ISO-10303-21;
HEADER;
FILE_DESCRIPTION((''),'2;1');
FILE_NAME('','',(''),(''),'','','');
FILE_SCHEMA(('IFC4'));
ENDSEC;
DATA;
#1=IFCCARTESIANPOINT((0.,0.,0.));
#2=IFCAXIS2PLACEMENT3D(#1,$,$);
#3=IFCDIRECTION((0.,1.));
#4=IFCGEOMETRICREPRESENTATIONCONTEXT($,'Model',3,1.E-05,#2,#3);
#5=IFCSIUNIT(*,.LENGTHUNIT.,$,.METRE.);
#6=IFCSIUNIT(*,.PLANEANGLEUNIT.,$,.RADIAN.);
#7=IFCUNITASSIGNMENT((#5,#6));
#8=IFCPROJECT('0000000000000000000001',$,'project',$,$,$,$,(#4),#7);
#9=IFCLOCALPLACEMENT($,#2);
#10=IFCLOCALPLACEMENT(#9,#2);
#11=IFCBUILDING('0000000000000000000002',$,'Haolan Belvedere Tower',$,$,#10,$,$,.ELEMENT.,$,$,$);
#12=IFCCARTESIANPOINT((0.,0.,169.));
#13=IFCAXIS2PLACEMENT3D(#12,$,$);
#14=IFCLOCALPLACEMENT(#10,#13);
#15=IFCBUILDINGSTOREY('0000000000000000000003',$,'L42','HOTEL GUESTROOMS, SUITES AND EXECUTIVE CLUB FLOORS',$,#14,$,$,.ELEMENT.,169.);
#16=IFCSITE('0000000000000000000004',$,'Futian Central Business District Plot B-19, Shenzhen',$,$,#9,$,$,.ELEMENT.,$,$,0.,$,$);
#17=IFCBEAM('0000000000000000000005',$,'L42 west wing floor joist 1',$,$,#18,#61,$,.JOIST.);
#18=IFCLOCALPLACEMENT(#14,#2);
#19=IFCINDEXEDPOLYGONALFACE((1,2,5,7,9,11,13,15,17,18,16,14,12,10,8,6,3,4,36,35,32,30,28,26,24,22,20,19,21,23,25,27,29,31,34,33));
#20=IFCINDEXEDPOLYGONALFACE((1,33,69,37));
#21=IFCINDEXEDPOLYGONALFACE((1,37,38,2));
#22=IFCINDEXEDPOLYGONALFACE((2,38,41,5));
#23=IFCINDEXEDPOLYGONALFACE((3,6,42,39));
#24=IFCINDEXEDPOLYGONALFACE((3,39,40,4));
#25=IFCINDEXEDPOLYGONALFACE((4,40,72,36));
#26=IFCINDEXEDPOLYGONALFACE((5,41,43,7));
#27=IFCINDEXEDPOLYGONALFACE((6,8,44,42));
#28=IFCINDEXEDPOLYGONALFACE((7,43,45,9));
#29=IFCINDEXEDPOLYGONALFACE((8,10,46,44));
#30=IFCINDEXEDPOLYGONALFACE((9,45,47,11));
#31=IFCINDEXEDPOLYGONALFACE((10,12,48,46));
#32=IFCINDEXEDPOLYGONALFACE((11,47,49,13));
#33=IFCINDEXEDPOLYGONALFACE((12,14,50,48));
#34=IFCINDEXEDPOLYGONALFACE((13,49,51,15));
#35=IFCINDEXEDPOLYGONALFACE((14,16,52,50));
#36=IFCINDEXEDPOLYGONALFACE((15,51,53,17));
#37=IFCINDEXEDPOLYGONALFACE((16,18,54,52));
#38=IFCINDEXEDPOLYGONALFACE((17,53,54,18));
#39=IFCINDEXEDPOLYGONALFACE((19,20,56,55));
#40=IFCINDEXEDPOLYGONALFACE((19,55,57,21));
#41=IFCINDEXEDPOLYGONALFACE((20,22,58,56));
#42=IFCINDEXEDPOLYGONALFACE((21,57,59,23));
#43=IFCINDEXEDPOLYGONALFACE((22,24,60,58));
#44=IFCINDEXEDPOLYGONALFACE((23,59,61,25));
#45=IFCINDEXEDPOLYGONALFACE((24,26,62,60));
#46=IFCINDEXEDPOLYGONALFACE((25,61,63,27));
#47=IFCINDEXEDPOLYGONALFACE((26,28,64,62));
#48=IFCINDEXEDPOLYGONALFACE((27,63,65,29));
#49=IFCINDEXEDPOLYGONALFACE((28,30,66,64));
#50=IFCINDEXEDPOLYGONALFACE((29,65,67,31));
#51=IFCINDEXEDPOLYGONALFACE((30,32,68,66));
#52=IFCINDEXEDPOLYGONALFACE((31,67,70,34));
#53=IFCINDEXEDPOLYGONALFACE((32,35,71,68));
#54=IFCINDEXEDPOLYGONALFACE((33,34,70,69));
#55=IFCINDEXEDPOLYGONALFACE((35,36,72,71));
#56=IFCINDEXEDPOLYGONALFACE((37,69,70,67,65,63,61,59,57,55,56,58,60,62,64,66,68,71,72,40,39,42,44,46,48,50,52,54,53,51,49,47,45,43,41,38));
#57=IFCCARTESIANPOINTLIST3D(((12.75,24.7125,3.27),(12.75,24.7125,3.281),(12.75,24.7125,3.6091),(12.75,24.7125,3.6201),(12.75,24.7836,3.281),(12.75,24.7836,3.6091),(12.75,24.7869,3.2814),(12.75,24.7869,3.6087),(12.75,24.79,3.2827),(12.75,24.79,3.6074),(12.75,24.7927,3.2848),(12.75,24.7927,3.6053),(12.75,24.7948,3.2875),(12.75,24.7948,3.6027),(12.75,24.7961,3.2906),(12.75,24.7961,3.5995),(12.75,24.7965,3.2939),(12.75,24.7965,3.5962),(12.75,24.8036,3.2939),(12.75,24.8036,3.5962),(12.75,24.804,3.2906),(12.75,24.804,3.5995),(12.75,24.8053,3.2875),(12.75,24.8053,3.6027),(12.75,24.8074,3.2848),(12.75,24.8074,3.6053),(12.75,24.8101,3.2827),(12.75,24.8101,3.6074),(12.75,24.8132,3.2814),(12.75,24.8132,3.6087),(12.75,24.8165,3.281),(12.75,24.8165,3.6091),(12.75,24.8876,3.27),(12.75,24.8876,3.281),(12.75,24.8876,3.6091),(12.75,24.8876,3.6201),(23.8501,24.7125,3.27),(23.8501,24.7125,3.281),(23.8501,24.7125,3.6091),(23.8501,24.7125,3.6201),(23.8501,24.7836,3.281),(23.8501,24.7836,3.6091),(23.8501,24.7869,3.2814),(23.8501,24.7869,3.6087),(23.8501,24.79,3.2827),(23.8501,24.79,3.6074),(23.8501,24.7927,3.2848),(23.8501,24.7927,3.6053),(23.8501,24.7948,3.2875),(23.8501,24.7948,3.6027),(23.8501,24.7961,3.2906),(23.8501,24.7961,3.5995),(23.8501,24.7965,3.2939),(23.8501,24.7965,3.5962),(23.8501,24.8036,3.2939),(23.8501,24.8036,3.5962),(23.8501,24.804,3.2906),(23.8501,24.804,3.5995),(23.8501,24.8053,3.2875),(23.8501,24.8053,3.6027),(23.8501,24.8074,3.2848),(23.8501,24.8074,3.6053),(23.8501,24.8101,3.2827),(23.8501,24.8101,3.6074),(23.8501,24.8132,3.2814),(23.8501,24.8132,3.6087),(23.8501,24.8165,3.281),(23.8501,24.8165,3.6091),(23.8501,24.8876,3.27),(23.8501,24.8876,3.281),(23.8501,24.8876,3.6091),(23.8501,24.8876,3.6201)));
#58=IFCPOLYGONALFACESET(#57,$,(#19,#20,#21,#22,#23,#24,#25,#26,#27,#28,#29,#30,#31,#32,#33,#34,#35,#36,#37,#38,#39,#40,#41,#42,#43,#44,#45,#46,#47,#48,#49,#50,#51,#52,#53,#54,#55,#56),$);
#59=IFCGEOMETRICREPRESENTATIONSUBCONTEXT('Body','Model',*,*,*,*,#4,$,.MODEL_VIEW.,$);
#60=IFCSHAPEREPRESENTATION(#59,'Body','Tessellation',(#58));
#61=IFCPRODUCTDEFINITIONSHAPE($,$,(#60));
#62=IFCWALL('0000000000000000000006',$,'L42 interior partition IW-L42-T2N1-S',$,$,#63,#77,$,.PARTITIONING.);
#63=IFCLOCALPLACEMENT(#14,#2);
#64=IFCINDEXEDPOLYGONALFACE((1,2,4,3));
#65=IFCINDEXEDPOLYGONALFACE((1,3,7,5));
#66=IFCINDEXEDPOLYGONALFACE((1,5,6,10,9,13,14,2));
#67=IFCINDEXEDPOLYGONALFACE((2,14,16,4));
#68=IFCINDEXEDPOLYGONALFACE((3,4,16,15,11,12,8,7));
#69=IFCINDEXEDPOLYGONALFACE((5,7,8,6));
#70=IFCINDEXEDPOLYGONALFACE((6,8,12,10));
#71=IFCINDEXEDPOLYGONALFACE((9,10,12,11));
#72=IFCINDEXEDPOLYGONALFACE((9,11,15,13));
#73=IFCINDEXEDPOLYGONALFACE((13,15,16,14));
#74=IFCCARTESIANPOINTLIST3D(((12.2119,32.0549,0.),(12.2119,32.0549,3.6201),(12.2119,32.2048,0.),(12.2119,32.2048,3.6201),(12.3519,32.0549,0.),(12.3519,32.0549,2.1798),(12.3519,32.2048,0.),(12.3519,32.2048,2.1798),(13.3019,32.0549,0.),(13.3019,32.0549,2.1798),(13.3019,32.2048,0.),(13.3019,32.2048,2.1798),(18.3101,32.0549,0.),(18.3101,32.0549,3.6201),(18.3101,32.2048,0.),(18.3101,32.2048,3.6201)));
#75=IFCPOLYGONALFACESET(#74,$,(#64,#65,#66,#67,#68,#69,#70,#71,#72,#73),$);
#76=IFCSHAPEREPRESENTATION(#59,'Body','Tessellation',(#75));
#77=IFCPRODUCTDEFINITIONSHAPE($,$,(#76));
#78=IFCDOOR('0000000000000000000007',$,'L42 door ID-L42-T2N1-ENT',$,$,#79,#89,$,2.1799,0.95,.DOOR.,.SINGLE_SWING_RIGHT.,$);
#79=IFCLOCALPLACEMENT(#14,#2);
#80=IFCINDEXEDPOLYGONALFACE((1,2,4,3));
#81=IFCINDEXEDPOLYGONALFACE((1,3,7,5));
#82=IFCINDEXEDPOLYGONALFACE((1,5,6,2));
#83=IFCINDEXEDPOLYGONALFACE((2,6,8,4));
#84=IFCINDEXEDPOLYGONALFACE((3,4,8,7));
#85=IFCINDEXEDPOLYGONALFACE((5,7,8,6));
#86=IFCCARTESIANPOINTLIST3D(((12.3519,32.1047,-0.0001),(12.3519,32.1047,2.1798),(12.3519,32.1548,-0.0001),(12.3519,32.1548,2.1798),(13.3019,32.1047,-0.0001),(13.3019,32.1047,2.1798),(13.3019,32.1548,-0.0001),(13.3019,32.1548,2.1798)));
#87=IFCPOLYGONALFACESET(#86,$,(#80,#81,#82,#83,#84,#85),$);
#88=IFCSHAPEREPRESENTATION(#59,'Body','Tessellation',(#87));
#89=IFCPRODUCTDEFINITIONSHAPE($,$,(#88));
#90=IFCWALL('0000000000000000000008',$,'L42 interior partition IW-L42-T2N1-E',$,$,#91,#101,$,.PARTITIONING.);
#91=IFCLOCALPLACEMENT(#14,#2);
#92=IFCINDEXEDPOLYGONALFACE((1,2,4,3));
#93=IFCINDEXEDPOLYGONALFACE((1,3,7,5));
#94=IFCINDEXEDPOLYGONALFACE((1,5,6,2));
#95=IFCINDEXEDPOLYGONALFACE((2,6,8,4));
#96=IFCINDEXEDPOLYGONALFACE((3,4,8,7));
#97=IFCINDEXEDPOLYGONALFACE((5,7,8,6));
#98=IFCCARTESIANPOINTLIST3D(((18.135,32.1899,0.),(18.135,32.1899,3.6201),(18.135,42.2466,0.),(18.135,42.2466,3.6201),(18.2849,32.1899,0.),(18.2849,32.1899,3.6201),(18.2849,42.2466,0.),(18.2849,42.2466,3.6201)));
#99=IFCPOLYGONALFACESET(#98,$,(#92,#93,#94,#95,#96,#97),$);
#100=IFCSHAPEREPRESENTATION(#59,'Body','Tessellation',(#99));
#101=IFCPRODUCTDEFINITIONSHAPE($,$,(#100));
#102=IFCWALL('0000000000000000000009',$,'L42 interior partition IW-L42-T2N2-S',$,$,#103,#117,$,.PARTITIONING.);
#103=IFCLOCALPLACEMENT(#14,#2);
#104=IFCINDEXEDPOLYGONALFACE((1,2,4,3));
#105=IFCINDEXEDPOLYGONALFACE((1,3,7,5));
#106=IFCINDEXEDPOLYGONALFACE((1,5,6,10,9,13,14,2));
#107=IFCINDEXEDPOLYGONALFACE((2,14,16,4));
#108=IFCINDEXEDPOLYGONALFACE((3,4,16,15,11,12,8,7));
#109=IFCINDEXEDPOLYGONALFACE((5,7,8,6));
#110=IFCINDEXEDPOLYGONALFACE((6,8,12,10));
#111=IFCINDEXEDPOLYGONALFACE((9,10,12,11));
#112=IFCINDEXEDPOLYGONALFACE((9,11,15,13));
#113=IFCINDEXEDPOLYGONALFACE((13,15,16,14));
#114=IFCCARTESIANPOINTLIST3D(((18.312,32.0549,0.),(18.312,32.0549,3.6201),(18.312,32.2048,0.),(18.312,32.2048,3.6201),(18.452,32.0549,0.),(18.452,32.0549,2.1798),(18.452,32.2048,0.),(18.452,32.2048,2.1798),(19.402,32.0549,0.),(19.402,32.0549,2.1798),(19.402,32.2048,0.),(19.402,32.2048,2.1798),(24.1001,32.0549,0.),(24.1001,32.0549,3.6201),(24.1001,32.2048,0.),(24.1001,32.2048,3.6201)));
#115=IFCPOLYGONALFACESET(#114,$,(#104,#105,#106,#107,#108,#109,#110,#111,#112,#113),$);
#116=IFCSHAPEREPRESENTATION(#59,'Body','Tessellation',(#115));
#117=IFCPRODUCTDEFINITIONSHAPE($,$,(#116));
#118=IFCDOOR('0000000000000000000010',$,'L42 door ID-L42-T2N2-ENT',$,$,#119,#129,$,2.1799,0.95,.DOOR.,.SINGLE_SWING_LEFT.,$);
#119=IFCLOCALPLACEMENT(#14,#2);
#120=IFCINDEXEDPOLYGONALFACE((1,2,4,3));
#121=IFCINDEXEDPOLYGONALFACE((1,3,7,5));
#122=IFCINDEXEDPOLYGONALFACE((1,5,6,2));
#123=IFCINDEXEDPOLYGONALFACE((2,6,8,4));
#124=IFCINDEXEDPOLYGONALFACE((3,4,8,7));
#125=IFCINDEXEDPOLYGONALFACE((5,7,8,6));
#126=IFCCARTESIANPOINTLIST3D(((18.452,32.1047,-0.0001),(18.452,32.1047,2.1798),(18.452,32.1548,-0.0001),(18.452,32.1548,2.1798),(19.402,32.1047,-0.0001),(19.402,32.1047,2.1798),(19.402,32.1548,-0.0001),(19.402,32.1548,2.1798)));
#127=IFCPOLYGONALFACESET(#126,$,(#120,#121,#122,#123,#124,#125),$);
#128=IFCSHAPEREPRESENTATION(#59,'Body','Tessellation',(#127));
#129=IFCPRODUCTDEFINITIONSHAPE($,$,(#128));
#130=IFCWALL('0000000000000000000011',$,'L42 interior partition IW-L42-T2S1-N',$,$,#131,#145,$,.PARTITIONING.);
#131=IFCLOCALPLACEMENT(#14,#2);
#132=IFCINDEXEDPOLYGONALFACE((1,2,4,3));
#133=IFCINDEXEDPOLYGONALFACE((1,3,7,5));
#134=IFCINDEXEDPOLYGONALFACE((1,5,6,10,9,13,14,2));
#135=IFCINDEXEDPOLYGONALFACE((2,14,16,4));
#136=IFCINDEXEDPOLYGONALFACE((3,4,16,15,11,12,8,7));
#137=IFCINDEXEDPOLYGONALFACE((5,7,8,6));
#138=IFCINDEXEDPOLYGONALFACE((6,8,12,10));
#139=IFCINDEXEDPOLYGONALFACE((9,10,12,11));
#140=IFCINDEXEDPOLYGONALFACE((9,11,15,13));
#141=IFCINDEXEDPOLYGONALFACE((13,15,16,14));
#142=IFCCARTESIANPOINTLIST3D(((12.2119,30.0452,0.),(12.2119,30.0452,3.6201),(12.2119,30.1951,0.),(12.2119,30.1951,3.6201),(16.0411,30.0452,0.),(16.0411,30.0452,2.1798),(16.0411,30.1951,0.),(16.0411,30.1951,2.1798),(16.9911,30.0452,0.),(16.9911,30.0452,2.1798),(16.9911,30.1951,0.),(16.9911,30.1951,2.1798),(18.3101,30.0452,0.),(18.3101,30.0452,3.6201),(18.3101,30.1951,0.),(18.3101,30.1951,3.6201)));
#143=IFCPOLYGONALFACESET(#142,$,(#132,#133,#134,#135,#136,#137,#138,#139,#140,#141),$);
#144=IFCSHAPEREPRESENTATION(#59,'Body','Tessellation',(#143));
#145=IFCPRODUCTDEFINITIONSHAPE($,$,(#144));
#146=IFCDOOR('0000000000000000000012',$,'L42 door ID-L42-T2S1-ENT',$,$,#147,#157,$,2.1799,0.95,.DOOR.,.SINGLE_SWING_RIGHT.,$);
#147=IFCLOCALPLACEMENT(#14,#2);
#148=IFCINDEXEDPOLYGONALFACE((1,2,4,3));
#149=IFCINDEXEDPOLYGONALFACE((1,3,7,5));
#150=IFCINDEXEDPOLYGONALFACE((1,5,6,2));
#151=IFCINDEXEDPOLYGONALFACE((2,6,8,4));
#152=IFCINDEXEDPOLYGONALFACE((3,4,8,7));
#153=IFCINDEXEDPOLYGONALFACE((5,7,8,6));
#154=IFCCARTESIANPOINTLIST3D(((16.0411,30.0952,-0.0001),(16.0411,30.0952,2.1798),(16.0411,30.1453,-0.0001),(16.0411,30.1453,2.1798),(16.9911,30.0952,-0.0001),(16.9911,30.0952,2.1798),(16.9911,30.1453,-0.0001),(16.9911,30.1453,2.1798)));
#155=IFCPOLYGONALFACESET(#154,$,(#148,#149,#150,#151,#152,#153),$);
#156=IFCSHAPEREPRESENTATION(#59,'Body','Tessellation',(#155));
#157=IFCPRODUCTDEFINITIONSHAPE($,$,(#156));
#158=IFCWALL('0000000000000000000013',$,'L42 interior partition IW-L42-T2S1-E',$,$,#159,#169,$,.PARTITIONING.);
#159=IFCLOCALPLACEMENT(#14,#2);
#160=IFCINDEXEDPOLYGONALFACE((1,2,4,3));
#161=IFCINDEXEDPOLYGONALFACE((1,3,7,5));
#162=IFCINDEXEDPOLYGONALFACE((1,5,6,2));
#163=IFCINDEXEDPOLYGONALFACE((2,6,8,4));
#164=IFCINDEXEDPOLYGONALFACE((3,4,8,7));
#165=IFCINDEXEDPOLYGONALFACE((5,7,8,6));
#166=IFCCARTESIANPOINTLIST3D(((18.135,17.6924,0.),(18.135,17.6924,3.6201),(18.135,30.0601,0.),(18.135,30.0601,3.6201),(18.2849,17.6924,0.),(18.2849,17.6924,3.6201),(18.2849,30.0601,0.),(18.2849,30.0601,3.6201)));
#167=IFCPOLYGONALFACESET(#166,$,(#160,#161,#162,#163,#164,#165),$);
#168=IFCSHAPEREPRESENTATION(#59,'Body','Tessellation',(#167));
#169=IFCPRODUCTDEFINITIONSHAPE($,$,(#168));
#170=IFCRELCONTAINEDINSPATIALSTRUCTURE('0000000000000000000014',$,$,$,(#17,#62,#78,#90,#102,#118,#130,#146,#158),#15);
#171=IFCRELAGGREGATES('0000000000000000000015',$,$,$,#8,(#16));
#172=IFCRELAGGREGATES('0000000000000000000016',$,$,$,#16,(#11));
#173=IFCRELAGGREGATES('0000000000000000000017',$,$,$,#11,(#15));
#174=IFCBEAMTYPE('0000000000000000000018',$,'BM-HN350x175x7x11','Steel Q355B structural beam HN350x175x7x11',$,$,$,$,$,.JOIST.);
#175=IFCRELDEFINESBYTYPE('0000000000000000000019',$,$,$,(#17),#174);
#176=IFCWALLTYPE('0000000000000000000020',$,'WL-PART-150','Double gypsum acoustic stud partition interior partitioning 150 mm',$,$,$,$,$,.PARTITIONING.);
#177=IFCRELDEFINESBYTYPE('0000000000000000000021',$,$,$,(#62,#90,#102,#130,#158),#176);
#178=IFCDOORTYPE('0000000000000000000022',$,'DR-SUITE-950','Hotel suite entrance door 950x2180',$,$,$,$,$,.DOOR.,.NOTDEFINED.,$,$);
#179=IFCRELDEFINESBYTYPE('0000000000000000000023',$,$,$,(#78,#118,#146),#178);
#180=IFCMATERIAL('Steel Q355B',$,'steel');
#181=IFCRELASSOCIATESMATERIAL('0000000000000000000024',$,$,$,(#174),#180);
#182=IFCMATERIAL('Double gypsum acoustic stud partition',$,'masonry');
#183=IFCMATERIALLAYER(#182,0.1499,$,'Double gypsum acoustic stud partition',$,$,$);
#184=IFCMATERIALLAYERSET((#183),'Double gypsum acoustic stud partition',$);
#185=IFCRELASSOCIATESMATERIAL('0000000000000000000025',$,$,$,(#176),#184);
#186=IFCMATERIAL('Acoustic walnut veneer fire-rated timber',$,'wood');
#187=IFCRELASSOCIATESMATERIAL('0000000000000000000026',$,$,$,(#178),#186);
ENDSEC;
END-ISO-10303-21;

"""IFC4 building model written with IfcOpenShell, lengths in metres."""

from ifc_helpers import new_model, si_unit, direction, frame, frame_2d, origin, origin_2d, place, context, subcontext, project, spatial, rectangle, i_section, extrude, material, layer, layer_set, material_profile, profile_set, type_object, element, fill, save


model = new_model("IFC4")

# Units and contexts
model_context = context("Model", 3, precision=1e-05, world=origin(), true_north=direction((0.0, 1.0)))
body_context = subcontext(model_context, "Body", "Model", "MODEL_VIEW")
ifc_project = project(units=[si_unit("LENGTHUNIT", "METRE"), si_unit("PLANEANGLEUNIT", "RADIAN")], contexts=[model_context])

# Site, building, storey
site_placement = place(None, origin())
site = spatial("IfcSite", under=ifc_project, at=site_placement, Name="Futian Central Business District Plot B-19, Shenzhen", CompositionType="ELEMENT", RefElevation=0.0)
building_placement = place(site_placement, origin())
building = spatial("IfcBuilding", under=site, at=building_placement, Name="Haolan Belvedere Tower", CompositionType="ELEMENT")
storey_placement = place(building_placement, frame((0.0, 0.0, 169.0)))
storey = spatial("IfcBuildingStorey", under=building, at=storey_placement, Name="L42", Description="HOTEL GUESTROOMS, SUITES AND EXECUTIVE CLUB FLOORS", CompositionType="ELEMENT", Elevation=169.0)

# Beam
ifc_material_1 = material(Name="Steel Q355B", Category="steel")
ifc_material_profile_1 = material_profile(ifc_material_1, i_section(OverallWidth=0.175, OverallDepth=0.3501, WebThickness=0.0071, FlangeThickness=0.011, FilletRadius=0.0129, at=origin_2d()), Name="Steel Q355B")
ifc_profile_set_1 = profile_set([ifc_material_profile_1], Name="Steel Q355B")
beam_type_1 = type_object("IfcBeamType", Name="BM-HN350x175x7x11", Description="Steel Q355B structural beam HN350x175x7x11", PredefinedType="JOIST", material=ifc_profile_set_1)
beam_1_placement = place(storey_placement, frame((12.75, 24.8, 3.4451), z_axis=(1.0, 0.0, 0.0), x_axis=(0.0, 1.0, 0.0)))
element("IfcBeam", 1, at=beam_1_placement, inside=storey, type_object=beam_type_1, Name="L42 west wing floor joist 1", PredefinedType="JOIST", context=body_context, shape_type="SweptSolid", body=[
    extrude(i_section(OverallWidth=0.175, OverallDepth=0.3501, WebThickness=0.0071, FlangeThickness=0.011, FilletRadius=0.0129, at=origin_2d()), origin(), (0.0, 0.0, 1.0), 11.1001),
])

# Wall, opening, door
ifc_material_2 = material(Name="Double gypsum acoustic stud partition", Category="masonry")
ifc_layer_1 = layer(ifc_material_2, 0.1499, Name="Double gypsum acoustic stud partition")
ifc_layer_set_1 = layer_set([ifc_layer_1], Name="Double gypsum acoustic stud partition")
wall_type_1 = type_object("IfcWallType", Name="WL-PART-150", Description="Double gypsum acoustic stud partition interior partitioning 150 mm", PredefinedType="PARTITIONING", material=ifc_layer_set_1)
wall_1_placement = place(storey_placement, frame((12.2119, 32.1299, 0.0), z_axis=(0.0, 0.0, 1.0), x_axis=(1.0, 0.0, 0.0)))
wall_1 = element("IfcWall", 2, at=wall_1_placement, inside=storey, type_object=wall_type_1, Name="L42 interior partition IW-L42-T2N1-S", PredefinedType="PARTITIONING", context=body_context, shape_type="SweptSolid", body=[
    extrude(rectangle(XDim=6.0981, YDim=0.1499, at=frame_2d((3.0491, 0.0))), origin(), (0.0, 0.0, 1.0), 3.6201),
])
opening_1_placement = place(wall_1_placement, frame((0.1399, 0.0, 0.0)))
opening_1 = element("IfcOpeningElement", 3, at=opening_1_placement, cuts=wall_1, PredefinedType="OPENING", context=body_context, shape_type="SweptSolid", body=[
    extrude(rectangle(XDim=0.95, YDim=2.1799, at=frame_2d((0.4751, 1.0898))), frame((0.0, 0.085, 0.0), z_axis=(0.0, -1.0, 0.0), x_axis=(1.0, 0.0, 0.0)), (0.0, 0.0, 1.0), 0.1699),
])
ifc_material_3 = material(Name="Acoustic walnut veneer fire-rated timber", Category="wood")
door_type_1 = type_object("IfcDoorType", Name="DR-SUITE-950", Description="Hotel suite entrance door 950x2180", OperationType="NOTDEFINED", PredefinedType="DOOR", material=ifc_material_3)
door_1_placement = place(opening_1_placement, origin())
door_1 = element("IfcDoor", 4, at=door_1_placement, inside=storey, type_object=door_type_1, Name="L42 door ID-L42-T2N1-ENT", OperationType="SINGLE_SWING_RIGHT", OverallHeight=2.1799, OverallWidth=0.95, PredefinedType="DOOR", context=body_context, shape_type="SweptSolid", body=[
    extrude(rectangle(XDim=0.95, YDim=2.1799, at=frame_2d((0.4751, 1.0898))), frame((0.0, 0.0249, 0.0), z_axis=(0.0, -1.0, 0.0), x_axis=(1.0, 0.0, 0.0)), (0.0, 0.0, 1.0), 0.05),
])
fill(opening_1, door_1)

# Wall
wall_2_placement = place(storey_placement, frame((18.21, 32.1899, 0.0), z_axis=(0.0, 0.0, 1.0), x_axis=(0.0, 1.0, 0.0)))
element("IfcWall", 5, at=wall_2_placement, inside=storey, type_object=wall_type_1, Name="L42 interior partition IW-L42-T2N1-E", PredefinedType="PARTITIONING", context=body_context, shape_type="SweptSolid", body=[
    extrude(rectangle(XDim=10.0566, YDim=0.1499, at=frame_2d((5.0283, 0.0))), origin(), (0.0, 0.0, 1.0), 3.6201),
])

# Walls, openings, doors
wall_3_placement = place(storey_placement, frame((18.312, 32.1299, 0.0), z_axis=(0.0, 0.0, 1.0), x_axis=(1.0, 0.0, 0.0)))
wall_3 = element("IfcWall", 6, at=wall_3_placement, inside=storey, type_object=wall_type_1, Name="L42 interior partition IW-L42-T2N2-S", PredefinedType="PARTITIONING", context=body_context, shape_type="SweptSolid", body=[
    extrude(rectangle(XDim=5.7881, YDim=0.1499, at=frame_2d((2.894, 0.0))), origin(), (0.0, 0.0, 1.0), 3.6201),
])
opening_2_placement = place(wall_3_placement, frame((0.1399, 0.0, 0.0)))
opening_2 = element("IfcOpeningElement", 7, at=opening_2_placement, cuts=wall_3, PredefinedType="OPENING", context=body_context, shape_type="SweptSolid", body=[
    extrude(rectangle(XDim=0.95, YDim=2.1799, at=frame_2d((0.4751, 1.0898))), frame((0.0, 0.085, 0.0), z_axis=(0.0, -1.0, 0.0), x_axis=(1.0, 0.0, 0.0)), (0.0, 0.0, 1.0), 0.1699),
])
door_2_placement = place(opening_2_placement, origin())
door_2 = element("IfcDoor", 8, at=door_2_placement, inside=storey, type_object=door_type_1, Name="L42 door ID-L42-T2N2-ENT", OperationType="SINGLE_SWING_LEFT", OverallHeight=2.1799, OverallWidth=0.95, PredefinedType="DOOR", context=body_context, shape_type="SweptSolid", body=[
    extrude(rectangle(XDim=0.95, YDim=2.1799, at=frame_2d((0.4751, 1.0898))), frame((0.0, 0.0249, 0.0), z_axis=(0.0, -1.0, 0.0), x_axis=(1.0, 0.0, 0.0)), (0.0, 0.0, 1.0), 0.05),
])
fill(opening_2, door_2)
wall_4_placement = place(storey_placement, frame((12.2119, 30.1201, 0.0), z_axis=(0.0, 0.0, 1.0), x_axis=(1.0, 0.0, 0.0)))
wall_4 = element("IfcWall", 9, at=wall_4_placement, inside=storey, type_object=wall_type_1, Name="L42 interior partition IW-L42-T2S1-N", PredefinedType="PARTITIONING", context=body_context, shape_type="SweptSolid", body=[
    extrude(rectangle(XDim=6.0981, YDim=0.1499, at=frame_2d((3.0491, 0.0))), origin(), (0.0, 0.0, 1.0), 3.6201),
])
opening_3_placement = place(wall_4_placement, frame((4.7793, 0.0, 0.0), z_axis=(0.0, 0.0, 1.0), x_axis=(-1.0, 0.0, 0.0)))
opening_3 = element("IfcOpeningElement", 10, at=opening_3_placement, cuts=wall_4, PredefinedType="OPENING", context=body_context, shape_type="SweptSolid", body=[
    extrude(rectangle(XDim=0.95, YDim=2.1799, at=frame_2d((0.4751, 1.0898))), frame((0.0, 0.085, 0.0), z_axis=(0.0, -1.0, 0.0), x_axis=(1.0, 0.0, 0.0)), (0.0, 0.0, 1.0), 0.1699),
])
door_3_placement = place(opening_3_placement, origin())
door_3 = element("IfcDoor", 11, at=door_3_placement, inside=storey, type_object=door_type_1, Name="L42 door ID-L42-T2S1-ENT", OperationType="SINGLE_SWING_RIGHT", OverallHeight=2.1799, OverallWidth=0.95, PredefinedType="DOOR", context=body_context, shape_type="SweptSolid", body=[
    extrude(rectangle(XDim=0.95, YDim=2.1799, at=frame_2d((0.4751, 1.0898))), frame((0.0, 0.0249, 0.0), z_axis=(0.0, -1.0, 0.0), x_axis=(1.0, 0.0, 0.0)), (0.0, 0.0, 1.0), 0.05),
])
fill(opening_3, door_3)

# Wall
wall_5_placement = place(storey_placement, frame((18.21, 17.6924, 0.0), z_axis=(0.0, 0.0, 1.0), x_axis=(0.0, 1.0, 0.0)))
element("IfcWall", 12, at=wall_5_placement, inside=storey, type_object=wall_type_1, Name="L42 interior partition IW-L42-T2S1-E", PredefinedType="PARTITIONING", context=body_context, shape_type="SweptSolid", body=[
    extrude(rectangle(XDim=12.3677, YDim=0.1499, at=frame_2d((6.1838, 0.0))), origin(), (0.0, 0.0, 1.0), 3.6201),
])

save(model, "model.ifc")
